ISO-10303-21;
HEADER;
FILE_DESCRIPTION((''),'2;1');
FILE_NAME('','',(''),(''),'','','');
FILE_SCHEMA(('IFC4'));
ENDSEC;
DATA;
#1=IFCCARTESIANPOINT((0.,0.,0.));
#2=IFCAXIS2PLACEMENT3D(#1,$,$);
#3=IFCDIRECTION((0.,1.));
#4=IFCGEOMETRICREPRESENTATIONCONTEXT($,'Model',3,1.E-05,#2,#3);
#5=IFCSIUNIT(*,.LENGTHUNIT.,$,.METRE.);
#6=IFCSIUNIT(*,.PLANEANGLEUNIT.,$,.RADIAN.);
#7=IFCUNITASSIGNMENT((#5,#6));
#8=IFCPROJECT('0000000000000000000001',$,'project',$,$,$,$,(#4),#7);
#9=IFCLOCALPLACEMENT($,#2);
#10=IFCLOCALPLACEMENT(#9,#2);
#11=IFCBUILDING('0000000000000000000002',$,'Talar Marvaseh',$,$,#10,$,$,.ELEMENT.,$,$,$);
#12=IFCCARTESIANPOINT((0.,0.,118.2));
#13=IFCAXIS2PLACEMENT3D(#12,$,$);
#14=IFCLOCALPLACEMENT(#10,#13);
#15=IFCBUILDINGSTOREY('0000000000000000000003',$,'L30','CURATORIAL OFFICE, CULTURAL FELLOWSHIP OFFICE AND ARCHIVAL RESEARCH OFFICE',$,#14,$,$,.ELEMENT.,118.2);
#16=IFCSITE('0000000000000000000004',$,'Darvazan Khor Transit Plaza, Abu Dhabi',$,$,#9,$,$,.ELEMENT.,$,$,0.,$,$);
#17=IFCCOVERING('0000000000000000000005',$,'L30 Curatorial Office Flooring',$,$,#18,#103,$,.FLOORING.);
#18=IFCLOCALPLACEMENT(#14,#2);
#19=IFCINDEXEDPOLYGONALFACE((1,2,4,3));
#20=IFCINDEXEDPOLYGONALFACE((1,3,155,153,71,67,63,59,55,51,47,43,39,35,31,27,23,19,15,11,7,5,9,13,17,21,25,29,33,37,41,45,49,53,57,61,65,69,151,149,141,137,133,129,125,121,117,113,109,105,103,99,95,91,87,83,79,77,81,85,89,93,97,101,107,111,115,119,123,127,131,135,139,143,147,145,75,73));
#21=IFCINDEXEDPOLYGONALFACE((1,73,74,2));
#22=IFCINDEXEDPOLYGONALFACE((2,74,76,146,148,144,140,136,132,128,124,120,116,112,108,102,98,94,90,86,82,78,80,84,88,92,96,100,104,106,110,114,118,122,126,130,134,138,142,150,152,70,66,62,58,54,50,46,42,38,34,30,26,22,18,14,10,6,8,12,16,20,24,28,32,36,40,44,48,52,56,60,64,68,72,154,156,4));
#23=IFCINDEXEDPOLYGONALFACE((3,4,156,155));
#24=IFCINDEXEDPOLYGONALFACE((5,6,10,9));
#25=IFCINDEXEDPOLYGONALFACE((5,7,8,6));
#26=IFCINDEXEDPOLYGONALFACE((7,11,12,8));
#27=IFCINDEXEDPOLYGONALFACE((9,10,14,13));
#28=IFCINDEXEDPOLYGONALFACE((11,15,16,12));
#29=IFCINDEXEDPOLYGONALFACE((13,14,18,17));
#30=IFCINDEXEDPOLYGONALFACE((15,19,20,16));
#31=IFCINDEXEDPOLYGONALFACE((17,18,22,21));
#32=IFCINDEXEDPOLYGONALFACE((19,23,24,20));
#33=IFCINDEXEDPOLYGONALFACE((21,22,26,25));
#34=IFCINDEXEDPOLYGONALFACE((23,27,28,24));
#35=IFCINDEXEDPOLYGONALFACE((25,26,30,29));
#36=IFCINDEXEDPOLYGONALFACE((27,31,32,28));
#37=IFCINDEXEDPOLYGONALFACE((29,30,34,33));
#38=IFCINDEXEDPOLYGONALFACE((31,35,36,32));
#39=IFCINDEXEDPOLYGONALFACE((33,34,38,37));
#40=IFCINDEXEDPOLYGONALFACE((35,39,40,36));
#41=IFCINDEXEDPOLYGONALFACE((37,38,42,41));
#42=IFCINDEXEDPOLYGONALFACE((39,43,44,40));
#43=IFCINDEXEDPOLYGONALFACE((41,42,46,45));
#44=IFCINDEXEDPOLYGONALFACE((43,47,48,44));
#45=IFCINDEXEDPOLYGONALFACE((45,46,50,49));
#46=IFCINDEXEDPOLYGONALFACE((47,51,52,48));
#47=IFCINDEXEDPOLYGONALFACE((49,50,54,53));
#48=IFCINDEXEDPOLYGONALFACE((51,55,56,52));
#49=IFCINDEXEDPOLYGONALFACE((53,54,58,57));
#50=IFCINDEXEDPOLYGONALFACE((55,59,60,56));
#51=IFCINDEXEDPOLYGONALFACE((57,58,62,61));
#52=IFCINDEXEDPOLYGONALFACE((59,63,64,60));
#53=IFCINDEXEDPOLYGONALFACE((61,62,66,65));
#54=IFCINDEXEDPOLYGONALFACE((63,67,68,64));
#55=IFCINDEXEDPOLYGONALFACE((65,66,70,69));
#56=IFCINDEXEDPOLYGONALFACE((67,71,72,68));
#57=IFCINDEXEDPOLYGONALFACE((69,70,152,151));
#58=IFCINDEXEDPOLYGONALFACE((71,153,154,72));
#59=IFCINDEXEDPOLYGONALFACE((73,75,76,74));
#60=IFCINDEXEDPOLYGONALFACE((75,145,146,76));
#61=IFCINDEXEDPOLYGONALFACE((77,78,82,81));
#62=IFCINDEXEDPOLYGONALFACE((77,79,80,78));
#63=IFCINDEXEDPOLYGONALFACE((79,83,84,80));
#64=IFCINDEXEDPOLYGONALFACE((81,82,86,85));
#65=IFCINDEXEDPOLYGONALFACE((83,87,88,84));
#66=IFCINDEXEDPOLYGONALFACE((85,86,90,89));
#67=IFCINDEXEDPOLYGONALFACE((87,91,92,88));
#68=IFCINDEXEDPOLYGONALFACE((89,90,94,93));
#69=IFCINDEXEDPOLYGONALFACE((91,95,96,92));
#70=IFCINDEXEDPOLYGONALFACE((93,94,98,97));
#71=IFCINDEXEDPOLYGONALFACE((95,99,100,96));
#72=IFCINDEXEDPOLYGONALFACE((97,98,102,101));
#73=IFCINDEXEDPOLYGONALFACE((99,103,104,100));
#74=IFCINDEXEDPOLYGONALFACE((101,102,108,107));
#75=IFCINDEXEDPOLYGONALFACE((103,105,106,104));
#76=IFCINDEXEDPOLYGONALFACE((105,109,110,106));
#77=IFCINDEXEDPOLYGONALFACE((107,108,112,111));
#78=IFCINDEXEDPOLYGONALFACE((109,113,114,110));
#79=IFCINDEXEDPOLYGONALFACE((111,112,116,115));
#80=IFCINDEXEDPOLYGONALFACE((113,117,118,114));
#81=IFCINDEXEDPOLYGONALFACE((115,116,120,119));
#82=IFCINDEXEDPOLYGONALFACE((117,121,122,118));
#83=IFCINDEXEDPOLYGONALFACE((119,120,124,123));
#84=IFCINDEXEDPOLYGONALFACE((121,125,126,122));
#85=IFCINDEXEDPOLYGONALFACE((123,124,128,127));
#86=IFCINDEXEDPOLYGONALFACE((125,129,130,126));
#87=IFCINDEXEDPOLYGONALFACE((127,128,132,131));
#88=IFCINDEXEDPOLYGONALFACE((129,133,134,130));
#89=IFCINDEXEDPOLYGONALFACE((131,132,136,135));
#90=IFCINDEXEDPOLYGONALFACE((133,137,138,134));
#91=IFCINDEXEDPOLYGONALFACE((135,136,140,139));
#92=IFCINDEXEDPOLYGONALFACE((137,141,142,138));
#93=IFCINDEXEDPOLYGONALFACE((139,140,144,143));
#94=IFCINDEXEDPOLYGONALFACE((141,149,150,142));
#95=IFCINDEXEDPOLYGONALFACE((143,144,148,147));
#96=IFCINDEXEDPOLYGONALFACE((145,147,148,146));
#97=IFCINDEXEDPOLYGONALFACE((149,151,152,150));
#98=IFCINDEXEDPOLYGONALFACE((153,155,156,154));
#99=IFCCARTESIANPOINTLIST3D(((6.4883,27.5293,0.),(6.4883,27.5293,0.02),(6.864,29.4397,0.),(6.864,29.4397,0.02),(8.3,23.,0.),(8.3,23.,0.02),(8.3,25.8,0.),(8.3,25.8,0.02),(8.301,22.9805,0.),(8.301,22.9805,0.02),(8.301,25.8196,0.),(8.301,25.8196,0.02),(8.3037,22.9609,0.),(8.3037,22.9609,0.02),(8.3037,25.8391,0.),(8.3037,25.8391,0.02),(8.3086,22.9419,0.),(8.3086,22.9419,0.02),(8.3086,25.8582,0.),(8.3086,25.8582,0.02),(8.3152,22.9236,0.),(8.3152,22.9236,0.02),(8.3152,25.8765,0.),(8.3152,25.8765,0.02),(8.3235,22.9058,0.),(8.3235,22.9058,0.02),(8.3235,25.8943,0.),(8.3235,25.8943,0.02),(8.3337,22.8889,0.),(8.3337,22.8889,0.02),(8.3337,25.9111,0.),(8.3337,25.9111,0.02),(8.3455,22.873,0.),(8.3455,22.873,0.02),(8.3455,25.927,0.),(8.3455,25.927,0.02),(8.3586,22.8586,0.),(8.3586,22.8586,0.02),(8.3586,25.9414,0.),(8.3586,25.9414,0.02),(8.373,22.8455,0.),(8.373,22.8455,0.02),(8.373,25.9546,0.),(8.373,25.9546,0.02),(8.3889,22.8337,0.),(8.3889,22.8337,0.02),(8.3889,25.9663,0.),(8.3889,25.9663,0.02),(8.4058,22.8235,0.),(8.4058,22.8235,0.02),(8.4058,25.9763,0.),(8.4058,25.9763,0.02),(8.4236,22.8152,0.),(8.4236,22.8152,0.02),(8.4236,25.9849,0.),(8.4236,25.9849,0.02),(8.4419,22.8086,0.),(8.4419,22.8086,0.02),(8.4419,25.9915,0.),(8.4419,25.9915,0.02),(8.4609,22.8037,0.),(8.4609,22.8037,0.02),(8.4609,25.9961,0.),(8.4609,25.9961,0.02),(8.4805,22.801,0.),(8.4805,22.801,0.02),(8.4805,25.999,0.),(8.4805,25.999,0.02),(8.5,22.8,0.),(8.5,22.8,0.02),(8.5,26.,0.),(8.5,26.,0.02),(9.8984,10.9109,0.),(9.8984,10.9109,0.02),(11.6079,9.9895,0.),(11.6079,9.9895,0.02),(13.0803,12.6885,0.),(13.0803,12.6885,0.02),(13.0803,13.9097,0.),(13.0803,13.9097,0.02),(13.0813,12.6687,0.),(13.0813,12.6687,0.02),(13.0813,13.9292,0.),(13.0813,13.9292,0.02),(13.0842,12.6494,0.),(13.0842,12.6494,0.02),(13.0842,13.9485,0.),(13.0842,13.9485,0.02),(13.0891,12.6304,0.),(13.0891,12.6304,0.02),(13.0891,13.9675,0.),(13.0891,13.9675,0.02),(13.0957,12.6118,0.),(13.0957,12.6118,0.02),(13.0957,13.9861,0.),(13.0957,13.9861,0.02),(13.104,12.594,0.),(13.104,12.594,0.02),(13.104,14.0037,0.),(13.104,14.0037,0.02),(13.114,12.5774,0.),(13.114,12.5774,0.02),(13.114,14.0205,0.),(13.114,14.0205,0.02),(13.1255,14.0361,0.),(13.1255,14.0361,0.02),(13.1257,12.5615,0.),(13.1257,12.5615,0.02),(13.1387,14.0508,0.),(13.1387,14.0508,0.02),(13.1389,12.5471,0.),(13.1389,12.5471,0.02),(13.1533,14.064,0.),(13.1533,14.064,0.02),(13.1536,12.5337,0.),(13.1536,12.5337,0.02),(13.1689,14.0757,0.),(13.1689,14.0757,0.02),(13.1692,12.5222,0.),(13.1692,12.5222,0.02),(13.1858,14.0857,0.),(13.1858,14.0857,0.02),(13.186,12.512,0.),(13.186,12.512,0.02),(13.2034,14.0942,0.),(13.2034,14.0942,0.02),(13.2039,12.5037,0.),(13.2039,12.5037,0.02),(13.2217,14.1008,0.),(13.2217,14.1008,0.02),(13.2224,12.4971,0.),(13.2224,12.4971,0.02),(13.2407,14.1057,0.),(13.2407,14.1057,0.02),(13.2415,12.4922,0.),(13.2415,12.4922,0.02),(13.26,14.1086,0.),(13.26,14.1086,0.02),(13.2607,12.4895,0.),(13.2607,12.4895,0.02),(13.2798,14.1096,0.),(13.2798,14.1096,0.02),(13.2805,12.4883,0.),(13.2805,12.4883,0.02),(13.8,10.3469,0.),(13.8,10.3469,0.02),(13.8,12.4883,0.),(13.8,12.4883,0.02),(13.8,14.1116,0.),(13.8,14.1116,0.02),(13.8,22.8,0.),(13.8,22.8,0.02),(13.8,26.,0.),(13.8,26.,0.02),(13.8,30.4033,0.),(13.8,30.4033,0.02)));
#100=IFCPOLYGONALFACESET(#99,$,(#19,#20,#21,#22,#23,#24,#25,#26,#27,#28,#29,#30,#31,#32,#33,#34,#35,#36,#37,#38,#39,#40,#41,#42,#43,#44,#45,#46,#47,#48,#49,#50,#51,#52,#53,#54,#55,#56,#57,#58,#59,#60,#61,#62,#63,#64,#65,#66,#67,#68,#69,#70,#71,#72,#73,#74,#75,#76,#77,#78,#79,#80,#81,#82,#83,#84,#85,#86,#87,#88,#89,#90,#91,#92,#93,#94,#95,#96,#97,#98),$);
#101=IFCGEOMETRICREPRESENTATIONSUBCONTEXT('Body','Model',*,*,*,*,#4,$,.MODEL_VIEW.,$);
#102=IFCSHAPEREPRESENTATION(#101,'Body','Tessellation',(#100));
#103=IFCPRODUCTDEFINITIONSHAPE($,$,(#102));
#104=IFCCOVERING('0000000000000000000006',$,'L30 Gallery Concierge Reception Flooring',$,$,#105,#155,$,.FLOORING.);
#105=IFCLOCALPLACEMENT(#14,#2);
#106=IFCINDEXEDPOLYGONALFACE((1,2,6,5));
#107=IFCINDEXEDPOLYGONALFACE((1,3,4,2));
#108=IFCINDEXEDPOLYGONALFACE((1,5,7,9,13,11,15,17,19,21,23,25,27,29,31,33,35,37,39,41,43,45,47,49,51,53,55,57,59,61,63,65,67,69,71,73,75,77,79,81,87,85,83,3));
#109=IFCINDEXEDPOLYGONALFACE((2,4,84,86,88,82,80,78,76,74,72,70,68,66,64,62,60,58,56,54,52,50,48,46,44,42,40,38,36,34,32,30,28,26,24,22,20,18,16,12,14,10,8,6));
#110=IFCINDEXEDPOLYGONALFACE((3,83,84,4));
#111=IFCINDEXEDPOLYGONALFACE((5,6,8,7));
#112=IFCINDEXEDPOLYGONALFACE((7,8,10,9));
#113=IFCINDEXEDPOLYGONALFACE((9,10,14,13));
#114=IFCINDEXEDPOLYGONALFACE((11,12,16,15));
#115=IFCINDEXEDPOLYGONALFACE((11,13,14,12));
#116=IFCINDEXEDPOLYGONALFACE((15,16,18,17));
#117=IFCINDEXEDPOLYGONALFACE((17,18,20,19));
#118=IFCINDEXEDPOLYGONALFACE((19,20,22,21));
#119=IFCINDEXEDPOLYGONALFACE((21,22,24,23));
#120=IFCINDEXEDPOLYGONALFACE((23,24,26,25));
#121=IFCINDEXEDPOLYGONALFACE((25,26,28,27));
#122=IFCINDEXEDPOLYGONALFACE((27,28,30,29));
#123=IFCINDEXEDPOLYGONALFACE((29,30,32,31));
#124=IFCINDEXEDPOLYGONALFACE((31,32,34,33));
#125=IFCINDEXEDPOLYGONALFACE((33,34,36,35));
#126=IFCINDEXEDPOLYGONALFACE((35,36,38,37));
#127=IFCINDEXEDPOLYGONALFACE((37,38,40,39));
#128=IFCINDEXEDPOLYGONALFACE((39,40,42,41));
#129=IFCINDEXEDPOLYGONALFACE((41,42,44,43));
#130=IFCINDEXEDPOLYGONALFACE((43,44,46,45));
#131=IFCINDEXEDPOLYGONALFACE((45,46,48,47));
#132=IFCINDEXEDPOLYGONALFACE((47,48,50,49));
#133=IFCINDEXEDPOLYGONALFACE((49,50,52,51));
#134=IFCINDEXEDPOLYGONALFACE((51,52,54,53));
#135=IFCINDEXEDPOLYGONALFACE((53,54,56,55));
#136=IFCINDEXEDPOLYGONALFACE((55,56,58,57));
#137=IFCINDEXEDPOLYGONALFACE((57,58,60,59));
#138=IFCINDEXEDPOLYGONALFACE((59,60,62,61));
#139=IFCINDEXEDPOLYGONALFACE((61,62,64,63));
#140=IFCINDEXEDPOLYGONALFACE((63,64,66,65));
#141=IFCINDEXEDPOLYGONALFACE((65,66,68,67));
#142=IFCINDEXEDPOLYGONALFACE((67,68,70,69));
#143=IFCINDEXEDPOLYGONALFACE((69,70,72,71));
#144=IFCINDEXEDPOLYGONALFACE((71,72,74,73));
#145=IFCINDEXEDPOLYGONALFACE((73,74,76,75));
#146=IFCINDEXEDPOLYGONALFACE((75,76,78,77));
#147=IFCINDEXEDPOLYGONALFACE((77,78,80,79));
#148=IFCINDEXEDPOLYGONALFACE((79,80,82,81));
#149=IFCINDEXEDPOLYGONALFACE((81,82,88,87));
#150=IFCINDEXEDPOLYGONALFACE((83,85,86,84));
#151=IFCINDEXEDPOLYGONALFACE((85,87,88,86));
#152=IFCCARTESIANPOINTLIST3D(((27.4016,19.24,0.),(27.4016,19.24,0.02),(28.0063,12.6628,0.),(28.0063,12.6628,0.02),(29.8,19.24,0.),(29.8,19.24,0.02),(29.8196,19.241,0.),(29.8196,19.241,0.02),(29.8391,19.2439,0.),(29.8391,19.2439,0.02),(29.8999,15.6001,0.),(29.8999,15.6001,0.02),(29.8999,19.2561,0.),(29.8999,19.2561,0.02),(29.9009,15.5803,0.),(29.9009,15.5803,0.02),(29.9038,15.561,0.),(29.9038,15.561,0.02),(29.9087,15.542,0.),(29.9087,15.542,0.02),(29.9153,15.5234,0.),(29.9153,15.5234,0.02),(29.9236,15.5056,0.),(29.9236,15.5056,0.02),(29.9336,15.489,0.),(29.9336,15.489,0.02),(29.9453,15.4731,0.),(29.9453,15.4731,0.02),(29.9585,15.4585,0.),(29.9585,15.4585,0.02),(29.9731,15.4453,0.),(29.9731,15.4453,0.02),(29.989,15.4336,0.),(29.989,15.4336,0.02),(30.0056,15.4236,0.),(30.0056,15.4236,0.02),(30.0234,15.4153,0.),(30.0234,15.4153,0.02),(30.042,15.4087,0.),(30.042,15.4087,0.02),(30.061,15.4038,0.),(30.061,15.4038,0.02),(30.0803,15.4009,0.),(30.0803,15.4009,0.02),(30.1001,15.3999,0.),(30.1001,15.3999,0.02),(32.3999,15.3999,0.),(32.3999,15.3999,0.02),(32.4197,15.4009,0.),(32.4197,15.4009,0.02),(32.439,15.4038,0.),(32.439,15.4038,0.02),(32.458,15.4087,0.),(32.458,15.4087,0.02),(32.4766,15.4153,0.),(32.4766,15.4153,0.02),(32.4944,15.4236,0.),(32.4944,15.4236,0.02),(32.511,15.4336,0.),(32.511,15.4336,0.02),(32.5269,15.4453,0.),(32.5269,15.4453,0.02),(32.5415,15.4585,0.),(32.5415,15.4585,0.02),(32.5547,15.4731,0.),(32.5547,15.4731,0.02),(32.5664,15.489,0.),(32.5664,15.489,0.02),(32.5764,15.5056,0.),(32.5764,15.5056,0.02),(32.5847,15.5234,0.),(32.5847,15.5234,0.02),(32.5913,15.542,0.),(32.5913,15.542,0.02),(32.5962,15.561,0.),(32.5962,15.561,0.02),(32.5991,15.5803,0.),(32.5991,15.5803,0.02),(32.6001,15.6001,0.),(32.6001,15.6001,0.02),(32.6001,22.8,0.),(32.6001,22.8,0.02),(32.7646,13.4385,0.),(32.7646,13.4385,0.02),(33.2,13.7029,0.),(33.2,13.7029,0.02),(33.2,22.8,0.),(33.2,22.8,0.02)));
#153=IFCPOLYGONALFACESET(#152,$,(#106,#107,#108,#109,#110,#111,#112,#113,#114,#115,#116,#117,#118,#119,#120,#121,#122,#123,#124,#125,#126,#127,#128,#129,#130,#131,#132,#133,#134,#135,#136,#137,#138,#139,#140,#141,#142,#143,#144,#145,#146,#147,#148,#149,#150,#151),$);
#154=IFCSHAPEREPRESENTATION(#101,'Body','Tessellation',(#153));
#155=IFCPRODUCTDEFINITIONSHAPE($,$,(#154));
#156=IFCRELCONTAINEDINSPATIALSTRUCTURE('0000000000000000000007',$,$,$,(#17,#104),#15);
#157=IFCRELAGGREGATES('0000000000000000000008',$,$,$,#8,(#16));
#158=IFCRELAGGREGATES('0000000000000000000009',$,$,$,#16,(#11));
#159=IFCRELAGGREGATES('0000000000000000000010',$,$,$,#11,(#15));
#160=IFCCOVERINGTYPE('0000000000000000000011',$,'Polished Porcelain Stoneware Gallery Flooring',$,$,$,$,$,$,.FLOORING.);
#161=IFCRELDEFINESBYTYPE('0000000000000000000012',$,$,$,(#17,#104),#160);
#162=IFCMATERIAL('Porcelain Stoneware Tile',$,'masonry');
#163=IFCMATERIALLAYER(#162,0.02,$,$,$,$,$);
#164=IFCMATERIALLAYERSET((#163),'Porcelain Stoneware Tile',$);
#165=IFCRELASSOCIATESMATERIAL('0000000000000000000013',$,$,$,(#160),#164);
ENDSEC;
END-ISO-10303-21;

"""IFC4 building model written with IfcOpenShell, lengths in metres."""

from ifc_helpers import new_model, si_unit, direction, frame, origin, place, context, subcontext, project, spatial, polyline, outline, extrude, material, layer, layer_set, type_object, element, save


model = new_model("IFC4")

# Units and contexts
model_context = context("Model", 3, precision=1e-05, world=origin(), true_north=direction((0.0, 1.0)))
body_context = subcontext(model_context, "Body", "Model", "MODEL_VIEW")
ifc_project = project(units=[si_unit("LENGTHUNIT", "METRE"), si_unit("PLANEANGLEUNIT", "RADIAN")], contexts=[model_context])

# Site, building, storey
site_placement = place(None, origin())
site = spatial("IfcSite", under=ifc_project, at=site_placement, Name="Darvazan Khor Transit Plaza, Abu Dhabi", CompositionType="ELEMENT", RefElevation=0.0)
building_placement = place(site_placement, origin())
building = spatial("IfcBuilding", under=site, at=building_placement, Name="Talar Marvaseh", CompositionType="ELEMENT")
storey_placement = place(building_placement, frame((0.0, 0.0, 118.2)))
storey = spatial("IfcBuildingStorey", under=building, at=storey_placement, Name="L30", Description="CURATORIAL OFFICE, CULTURAL FELLOWSHIP OFFICE AND ARCHIVAL RESEARCH OFFICE", CompositionType="ELEMENT", Elevation=118.2)

# Coverings
ifc_material_1 = material(Name="Porcelain Stoneware Tile", Category="masonry")
ifc_layer_1 = layer(ifc_material_1, 0.02)
ifc_layer_set_1 = layer_set([ifc_layer_1], Name="Porcelain Stoneware Tile")
covering_type_1 = type_object("IfcCoveringType", Name="Polished Porcelain Stoneware Gallery Flooring", PredefinedType="FLOORING", material=ifc_layer_set_1)
covering_1_placement = place(storey_placement, origin())
element("IfcCovering", 1, at=covering_1_placement, inside=storey, type_object=covering_type_1, Name="L30 Curatorial Office Flooring", PredefinedType="FLOORING", context=body_context, shape_type="SweptSolid", body=[
    extrude(outline(polyline([(6.864, 29.4397), (13.8, 30.4033), (13.8, 26.0), (8.5, 26.0), (8.4805, 25.999), (8.4609, 25.9961), (8.4419, 25.9915), (8.4236, 25.9849), (8.4058, 25.9763), (8.3889, 25.9663), (8.373, 25.9546), (8.3586, 25.9414), (8.3455, 25.927), (8.3337, 25.9111), (8.3235, 25.8943), (8.3152, 25.8765), (8.3086, 25.8582), (8.3037, 25.8391), (8.301, 25.8196), (8.3, 25.8), (8.3, 23.0), (8.301, 22.9805), (8.3037, 22.9609), (8.3086, 22.9419), (8.3152, 22.9236), (8.3235, 22.9058), (8.3337, 22.8889), (8.3455, 22.873), (8.3586, 22.8586), (8.373, 22.8455), (8.3889, 22.8337), (8.4058, 22.8235), (8.4236, 22.8152), (8.4419, 22.8086), (8.4609, 22.8037), (8.4805, 22.801), (8.5, 22.8), (13.8, 22.8), (13.8, 14.1116), (13.2798, 14.1096), (13.26, 14.1086), (13.2407, 14.1057), (13.2217, 14.1008), (13.2034, 14.0942), (13.1858, 14.0857), (13.1689, 14.0757), (13.1533, 14.064), (13.1387, 14.0508), (13.1255, 14.0361), (13.114, 14.0205), (13.104, 14.0037), (13.0957, 13.9861), (13.0891, 13.9675), (13.0842, 13.9485), (13.0813, 13.9292), (13.0803, 13.9097), (13.0803, 12.6885), (13.0813, 12.6687), (13.0842, 12.6494), (13.0891, 12.6304), (13.0957, 12.6118), (13.104, 12.594), (13.114, 12.5774), (13.1257, 12.5615), (13.1389, 12.5471), (13.1536, 12.5337), (13.1692, 12.5222), (13.186, 12.512), (13.2039, 12.5037), (13.2224, 12.4971), (13.2415, 12.4922), (13.2607, 12.4895), (13.2805, 12.4883), (13.8, 12.4883), (13.8, 10.3469), (11.6079, 9.9895), (9.8984, 10.9109), (6.4883, 27.5293), (6.864, 29.4397)])), origin(), (0.0, 0.0, 1.0), 0.02),
])
covering_2_placement = place(storey_placement, origin())
element("IfcCovering", 2, at=covering_2_placement, inside=storey, type_object=covering_type_1, Name="L30 Gallery Concierge Reception Flooring", PredefinedType="FLOORING", context=body_context, shape_type="SweptSolid", body=[
    extrude(outline(polyline([(29.9009, 15.5803), (29.9038, 15.561), (29.9087, 15.542), (29.9153, 15.5234), (29.9236, 15.5056), (29.9336, 15.489), (29.9453, 15.4731), (29.9585, 15.4585), (29.9731, 15.4453), (29.989, 15.4336), (30.0056, 15.4236), (30.0234, 15.4153), (30.042, 15.4087), (30.061, 15.4038), (30.0803, 15.4009), (30.1001, 15.3999), (32.3999, 15.3999), (32.4197, 15.4009), (32.439, 15.4038), (32.458, 15.4087), (32.4766, 15.4153), (32.4944, 15.4236), (32.511, 15.4336), (32.5269, 15.4453), (32.5415, 15.4585), (32.5547, 15.4731), (32.5664, 15.489), (32.5764, 15.5056), (32.5847, 15.5234), (32.5913, 15.542), (32.5962, 15.561), (32.5991, 15.5803), (32.6001, 15.6001), (32.6001, 22.8), (33.2, 22.8), (33.2, 13.7029), (32.7646, 13.4385), (28.0063, 12.6628), (27.4016, 19.24), (29.8, 19.24), (29.8196, 19.241), (29.8391, 19.2439), (29.8999, 19.2561), (29.8999, 15.6001), (29.9009, 15.5803)])), origin(), (0.0, 0.0, 1.0), 0.02),
])

save(model, "model.ifc")
